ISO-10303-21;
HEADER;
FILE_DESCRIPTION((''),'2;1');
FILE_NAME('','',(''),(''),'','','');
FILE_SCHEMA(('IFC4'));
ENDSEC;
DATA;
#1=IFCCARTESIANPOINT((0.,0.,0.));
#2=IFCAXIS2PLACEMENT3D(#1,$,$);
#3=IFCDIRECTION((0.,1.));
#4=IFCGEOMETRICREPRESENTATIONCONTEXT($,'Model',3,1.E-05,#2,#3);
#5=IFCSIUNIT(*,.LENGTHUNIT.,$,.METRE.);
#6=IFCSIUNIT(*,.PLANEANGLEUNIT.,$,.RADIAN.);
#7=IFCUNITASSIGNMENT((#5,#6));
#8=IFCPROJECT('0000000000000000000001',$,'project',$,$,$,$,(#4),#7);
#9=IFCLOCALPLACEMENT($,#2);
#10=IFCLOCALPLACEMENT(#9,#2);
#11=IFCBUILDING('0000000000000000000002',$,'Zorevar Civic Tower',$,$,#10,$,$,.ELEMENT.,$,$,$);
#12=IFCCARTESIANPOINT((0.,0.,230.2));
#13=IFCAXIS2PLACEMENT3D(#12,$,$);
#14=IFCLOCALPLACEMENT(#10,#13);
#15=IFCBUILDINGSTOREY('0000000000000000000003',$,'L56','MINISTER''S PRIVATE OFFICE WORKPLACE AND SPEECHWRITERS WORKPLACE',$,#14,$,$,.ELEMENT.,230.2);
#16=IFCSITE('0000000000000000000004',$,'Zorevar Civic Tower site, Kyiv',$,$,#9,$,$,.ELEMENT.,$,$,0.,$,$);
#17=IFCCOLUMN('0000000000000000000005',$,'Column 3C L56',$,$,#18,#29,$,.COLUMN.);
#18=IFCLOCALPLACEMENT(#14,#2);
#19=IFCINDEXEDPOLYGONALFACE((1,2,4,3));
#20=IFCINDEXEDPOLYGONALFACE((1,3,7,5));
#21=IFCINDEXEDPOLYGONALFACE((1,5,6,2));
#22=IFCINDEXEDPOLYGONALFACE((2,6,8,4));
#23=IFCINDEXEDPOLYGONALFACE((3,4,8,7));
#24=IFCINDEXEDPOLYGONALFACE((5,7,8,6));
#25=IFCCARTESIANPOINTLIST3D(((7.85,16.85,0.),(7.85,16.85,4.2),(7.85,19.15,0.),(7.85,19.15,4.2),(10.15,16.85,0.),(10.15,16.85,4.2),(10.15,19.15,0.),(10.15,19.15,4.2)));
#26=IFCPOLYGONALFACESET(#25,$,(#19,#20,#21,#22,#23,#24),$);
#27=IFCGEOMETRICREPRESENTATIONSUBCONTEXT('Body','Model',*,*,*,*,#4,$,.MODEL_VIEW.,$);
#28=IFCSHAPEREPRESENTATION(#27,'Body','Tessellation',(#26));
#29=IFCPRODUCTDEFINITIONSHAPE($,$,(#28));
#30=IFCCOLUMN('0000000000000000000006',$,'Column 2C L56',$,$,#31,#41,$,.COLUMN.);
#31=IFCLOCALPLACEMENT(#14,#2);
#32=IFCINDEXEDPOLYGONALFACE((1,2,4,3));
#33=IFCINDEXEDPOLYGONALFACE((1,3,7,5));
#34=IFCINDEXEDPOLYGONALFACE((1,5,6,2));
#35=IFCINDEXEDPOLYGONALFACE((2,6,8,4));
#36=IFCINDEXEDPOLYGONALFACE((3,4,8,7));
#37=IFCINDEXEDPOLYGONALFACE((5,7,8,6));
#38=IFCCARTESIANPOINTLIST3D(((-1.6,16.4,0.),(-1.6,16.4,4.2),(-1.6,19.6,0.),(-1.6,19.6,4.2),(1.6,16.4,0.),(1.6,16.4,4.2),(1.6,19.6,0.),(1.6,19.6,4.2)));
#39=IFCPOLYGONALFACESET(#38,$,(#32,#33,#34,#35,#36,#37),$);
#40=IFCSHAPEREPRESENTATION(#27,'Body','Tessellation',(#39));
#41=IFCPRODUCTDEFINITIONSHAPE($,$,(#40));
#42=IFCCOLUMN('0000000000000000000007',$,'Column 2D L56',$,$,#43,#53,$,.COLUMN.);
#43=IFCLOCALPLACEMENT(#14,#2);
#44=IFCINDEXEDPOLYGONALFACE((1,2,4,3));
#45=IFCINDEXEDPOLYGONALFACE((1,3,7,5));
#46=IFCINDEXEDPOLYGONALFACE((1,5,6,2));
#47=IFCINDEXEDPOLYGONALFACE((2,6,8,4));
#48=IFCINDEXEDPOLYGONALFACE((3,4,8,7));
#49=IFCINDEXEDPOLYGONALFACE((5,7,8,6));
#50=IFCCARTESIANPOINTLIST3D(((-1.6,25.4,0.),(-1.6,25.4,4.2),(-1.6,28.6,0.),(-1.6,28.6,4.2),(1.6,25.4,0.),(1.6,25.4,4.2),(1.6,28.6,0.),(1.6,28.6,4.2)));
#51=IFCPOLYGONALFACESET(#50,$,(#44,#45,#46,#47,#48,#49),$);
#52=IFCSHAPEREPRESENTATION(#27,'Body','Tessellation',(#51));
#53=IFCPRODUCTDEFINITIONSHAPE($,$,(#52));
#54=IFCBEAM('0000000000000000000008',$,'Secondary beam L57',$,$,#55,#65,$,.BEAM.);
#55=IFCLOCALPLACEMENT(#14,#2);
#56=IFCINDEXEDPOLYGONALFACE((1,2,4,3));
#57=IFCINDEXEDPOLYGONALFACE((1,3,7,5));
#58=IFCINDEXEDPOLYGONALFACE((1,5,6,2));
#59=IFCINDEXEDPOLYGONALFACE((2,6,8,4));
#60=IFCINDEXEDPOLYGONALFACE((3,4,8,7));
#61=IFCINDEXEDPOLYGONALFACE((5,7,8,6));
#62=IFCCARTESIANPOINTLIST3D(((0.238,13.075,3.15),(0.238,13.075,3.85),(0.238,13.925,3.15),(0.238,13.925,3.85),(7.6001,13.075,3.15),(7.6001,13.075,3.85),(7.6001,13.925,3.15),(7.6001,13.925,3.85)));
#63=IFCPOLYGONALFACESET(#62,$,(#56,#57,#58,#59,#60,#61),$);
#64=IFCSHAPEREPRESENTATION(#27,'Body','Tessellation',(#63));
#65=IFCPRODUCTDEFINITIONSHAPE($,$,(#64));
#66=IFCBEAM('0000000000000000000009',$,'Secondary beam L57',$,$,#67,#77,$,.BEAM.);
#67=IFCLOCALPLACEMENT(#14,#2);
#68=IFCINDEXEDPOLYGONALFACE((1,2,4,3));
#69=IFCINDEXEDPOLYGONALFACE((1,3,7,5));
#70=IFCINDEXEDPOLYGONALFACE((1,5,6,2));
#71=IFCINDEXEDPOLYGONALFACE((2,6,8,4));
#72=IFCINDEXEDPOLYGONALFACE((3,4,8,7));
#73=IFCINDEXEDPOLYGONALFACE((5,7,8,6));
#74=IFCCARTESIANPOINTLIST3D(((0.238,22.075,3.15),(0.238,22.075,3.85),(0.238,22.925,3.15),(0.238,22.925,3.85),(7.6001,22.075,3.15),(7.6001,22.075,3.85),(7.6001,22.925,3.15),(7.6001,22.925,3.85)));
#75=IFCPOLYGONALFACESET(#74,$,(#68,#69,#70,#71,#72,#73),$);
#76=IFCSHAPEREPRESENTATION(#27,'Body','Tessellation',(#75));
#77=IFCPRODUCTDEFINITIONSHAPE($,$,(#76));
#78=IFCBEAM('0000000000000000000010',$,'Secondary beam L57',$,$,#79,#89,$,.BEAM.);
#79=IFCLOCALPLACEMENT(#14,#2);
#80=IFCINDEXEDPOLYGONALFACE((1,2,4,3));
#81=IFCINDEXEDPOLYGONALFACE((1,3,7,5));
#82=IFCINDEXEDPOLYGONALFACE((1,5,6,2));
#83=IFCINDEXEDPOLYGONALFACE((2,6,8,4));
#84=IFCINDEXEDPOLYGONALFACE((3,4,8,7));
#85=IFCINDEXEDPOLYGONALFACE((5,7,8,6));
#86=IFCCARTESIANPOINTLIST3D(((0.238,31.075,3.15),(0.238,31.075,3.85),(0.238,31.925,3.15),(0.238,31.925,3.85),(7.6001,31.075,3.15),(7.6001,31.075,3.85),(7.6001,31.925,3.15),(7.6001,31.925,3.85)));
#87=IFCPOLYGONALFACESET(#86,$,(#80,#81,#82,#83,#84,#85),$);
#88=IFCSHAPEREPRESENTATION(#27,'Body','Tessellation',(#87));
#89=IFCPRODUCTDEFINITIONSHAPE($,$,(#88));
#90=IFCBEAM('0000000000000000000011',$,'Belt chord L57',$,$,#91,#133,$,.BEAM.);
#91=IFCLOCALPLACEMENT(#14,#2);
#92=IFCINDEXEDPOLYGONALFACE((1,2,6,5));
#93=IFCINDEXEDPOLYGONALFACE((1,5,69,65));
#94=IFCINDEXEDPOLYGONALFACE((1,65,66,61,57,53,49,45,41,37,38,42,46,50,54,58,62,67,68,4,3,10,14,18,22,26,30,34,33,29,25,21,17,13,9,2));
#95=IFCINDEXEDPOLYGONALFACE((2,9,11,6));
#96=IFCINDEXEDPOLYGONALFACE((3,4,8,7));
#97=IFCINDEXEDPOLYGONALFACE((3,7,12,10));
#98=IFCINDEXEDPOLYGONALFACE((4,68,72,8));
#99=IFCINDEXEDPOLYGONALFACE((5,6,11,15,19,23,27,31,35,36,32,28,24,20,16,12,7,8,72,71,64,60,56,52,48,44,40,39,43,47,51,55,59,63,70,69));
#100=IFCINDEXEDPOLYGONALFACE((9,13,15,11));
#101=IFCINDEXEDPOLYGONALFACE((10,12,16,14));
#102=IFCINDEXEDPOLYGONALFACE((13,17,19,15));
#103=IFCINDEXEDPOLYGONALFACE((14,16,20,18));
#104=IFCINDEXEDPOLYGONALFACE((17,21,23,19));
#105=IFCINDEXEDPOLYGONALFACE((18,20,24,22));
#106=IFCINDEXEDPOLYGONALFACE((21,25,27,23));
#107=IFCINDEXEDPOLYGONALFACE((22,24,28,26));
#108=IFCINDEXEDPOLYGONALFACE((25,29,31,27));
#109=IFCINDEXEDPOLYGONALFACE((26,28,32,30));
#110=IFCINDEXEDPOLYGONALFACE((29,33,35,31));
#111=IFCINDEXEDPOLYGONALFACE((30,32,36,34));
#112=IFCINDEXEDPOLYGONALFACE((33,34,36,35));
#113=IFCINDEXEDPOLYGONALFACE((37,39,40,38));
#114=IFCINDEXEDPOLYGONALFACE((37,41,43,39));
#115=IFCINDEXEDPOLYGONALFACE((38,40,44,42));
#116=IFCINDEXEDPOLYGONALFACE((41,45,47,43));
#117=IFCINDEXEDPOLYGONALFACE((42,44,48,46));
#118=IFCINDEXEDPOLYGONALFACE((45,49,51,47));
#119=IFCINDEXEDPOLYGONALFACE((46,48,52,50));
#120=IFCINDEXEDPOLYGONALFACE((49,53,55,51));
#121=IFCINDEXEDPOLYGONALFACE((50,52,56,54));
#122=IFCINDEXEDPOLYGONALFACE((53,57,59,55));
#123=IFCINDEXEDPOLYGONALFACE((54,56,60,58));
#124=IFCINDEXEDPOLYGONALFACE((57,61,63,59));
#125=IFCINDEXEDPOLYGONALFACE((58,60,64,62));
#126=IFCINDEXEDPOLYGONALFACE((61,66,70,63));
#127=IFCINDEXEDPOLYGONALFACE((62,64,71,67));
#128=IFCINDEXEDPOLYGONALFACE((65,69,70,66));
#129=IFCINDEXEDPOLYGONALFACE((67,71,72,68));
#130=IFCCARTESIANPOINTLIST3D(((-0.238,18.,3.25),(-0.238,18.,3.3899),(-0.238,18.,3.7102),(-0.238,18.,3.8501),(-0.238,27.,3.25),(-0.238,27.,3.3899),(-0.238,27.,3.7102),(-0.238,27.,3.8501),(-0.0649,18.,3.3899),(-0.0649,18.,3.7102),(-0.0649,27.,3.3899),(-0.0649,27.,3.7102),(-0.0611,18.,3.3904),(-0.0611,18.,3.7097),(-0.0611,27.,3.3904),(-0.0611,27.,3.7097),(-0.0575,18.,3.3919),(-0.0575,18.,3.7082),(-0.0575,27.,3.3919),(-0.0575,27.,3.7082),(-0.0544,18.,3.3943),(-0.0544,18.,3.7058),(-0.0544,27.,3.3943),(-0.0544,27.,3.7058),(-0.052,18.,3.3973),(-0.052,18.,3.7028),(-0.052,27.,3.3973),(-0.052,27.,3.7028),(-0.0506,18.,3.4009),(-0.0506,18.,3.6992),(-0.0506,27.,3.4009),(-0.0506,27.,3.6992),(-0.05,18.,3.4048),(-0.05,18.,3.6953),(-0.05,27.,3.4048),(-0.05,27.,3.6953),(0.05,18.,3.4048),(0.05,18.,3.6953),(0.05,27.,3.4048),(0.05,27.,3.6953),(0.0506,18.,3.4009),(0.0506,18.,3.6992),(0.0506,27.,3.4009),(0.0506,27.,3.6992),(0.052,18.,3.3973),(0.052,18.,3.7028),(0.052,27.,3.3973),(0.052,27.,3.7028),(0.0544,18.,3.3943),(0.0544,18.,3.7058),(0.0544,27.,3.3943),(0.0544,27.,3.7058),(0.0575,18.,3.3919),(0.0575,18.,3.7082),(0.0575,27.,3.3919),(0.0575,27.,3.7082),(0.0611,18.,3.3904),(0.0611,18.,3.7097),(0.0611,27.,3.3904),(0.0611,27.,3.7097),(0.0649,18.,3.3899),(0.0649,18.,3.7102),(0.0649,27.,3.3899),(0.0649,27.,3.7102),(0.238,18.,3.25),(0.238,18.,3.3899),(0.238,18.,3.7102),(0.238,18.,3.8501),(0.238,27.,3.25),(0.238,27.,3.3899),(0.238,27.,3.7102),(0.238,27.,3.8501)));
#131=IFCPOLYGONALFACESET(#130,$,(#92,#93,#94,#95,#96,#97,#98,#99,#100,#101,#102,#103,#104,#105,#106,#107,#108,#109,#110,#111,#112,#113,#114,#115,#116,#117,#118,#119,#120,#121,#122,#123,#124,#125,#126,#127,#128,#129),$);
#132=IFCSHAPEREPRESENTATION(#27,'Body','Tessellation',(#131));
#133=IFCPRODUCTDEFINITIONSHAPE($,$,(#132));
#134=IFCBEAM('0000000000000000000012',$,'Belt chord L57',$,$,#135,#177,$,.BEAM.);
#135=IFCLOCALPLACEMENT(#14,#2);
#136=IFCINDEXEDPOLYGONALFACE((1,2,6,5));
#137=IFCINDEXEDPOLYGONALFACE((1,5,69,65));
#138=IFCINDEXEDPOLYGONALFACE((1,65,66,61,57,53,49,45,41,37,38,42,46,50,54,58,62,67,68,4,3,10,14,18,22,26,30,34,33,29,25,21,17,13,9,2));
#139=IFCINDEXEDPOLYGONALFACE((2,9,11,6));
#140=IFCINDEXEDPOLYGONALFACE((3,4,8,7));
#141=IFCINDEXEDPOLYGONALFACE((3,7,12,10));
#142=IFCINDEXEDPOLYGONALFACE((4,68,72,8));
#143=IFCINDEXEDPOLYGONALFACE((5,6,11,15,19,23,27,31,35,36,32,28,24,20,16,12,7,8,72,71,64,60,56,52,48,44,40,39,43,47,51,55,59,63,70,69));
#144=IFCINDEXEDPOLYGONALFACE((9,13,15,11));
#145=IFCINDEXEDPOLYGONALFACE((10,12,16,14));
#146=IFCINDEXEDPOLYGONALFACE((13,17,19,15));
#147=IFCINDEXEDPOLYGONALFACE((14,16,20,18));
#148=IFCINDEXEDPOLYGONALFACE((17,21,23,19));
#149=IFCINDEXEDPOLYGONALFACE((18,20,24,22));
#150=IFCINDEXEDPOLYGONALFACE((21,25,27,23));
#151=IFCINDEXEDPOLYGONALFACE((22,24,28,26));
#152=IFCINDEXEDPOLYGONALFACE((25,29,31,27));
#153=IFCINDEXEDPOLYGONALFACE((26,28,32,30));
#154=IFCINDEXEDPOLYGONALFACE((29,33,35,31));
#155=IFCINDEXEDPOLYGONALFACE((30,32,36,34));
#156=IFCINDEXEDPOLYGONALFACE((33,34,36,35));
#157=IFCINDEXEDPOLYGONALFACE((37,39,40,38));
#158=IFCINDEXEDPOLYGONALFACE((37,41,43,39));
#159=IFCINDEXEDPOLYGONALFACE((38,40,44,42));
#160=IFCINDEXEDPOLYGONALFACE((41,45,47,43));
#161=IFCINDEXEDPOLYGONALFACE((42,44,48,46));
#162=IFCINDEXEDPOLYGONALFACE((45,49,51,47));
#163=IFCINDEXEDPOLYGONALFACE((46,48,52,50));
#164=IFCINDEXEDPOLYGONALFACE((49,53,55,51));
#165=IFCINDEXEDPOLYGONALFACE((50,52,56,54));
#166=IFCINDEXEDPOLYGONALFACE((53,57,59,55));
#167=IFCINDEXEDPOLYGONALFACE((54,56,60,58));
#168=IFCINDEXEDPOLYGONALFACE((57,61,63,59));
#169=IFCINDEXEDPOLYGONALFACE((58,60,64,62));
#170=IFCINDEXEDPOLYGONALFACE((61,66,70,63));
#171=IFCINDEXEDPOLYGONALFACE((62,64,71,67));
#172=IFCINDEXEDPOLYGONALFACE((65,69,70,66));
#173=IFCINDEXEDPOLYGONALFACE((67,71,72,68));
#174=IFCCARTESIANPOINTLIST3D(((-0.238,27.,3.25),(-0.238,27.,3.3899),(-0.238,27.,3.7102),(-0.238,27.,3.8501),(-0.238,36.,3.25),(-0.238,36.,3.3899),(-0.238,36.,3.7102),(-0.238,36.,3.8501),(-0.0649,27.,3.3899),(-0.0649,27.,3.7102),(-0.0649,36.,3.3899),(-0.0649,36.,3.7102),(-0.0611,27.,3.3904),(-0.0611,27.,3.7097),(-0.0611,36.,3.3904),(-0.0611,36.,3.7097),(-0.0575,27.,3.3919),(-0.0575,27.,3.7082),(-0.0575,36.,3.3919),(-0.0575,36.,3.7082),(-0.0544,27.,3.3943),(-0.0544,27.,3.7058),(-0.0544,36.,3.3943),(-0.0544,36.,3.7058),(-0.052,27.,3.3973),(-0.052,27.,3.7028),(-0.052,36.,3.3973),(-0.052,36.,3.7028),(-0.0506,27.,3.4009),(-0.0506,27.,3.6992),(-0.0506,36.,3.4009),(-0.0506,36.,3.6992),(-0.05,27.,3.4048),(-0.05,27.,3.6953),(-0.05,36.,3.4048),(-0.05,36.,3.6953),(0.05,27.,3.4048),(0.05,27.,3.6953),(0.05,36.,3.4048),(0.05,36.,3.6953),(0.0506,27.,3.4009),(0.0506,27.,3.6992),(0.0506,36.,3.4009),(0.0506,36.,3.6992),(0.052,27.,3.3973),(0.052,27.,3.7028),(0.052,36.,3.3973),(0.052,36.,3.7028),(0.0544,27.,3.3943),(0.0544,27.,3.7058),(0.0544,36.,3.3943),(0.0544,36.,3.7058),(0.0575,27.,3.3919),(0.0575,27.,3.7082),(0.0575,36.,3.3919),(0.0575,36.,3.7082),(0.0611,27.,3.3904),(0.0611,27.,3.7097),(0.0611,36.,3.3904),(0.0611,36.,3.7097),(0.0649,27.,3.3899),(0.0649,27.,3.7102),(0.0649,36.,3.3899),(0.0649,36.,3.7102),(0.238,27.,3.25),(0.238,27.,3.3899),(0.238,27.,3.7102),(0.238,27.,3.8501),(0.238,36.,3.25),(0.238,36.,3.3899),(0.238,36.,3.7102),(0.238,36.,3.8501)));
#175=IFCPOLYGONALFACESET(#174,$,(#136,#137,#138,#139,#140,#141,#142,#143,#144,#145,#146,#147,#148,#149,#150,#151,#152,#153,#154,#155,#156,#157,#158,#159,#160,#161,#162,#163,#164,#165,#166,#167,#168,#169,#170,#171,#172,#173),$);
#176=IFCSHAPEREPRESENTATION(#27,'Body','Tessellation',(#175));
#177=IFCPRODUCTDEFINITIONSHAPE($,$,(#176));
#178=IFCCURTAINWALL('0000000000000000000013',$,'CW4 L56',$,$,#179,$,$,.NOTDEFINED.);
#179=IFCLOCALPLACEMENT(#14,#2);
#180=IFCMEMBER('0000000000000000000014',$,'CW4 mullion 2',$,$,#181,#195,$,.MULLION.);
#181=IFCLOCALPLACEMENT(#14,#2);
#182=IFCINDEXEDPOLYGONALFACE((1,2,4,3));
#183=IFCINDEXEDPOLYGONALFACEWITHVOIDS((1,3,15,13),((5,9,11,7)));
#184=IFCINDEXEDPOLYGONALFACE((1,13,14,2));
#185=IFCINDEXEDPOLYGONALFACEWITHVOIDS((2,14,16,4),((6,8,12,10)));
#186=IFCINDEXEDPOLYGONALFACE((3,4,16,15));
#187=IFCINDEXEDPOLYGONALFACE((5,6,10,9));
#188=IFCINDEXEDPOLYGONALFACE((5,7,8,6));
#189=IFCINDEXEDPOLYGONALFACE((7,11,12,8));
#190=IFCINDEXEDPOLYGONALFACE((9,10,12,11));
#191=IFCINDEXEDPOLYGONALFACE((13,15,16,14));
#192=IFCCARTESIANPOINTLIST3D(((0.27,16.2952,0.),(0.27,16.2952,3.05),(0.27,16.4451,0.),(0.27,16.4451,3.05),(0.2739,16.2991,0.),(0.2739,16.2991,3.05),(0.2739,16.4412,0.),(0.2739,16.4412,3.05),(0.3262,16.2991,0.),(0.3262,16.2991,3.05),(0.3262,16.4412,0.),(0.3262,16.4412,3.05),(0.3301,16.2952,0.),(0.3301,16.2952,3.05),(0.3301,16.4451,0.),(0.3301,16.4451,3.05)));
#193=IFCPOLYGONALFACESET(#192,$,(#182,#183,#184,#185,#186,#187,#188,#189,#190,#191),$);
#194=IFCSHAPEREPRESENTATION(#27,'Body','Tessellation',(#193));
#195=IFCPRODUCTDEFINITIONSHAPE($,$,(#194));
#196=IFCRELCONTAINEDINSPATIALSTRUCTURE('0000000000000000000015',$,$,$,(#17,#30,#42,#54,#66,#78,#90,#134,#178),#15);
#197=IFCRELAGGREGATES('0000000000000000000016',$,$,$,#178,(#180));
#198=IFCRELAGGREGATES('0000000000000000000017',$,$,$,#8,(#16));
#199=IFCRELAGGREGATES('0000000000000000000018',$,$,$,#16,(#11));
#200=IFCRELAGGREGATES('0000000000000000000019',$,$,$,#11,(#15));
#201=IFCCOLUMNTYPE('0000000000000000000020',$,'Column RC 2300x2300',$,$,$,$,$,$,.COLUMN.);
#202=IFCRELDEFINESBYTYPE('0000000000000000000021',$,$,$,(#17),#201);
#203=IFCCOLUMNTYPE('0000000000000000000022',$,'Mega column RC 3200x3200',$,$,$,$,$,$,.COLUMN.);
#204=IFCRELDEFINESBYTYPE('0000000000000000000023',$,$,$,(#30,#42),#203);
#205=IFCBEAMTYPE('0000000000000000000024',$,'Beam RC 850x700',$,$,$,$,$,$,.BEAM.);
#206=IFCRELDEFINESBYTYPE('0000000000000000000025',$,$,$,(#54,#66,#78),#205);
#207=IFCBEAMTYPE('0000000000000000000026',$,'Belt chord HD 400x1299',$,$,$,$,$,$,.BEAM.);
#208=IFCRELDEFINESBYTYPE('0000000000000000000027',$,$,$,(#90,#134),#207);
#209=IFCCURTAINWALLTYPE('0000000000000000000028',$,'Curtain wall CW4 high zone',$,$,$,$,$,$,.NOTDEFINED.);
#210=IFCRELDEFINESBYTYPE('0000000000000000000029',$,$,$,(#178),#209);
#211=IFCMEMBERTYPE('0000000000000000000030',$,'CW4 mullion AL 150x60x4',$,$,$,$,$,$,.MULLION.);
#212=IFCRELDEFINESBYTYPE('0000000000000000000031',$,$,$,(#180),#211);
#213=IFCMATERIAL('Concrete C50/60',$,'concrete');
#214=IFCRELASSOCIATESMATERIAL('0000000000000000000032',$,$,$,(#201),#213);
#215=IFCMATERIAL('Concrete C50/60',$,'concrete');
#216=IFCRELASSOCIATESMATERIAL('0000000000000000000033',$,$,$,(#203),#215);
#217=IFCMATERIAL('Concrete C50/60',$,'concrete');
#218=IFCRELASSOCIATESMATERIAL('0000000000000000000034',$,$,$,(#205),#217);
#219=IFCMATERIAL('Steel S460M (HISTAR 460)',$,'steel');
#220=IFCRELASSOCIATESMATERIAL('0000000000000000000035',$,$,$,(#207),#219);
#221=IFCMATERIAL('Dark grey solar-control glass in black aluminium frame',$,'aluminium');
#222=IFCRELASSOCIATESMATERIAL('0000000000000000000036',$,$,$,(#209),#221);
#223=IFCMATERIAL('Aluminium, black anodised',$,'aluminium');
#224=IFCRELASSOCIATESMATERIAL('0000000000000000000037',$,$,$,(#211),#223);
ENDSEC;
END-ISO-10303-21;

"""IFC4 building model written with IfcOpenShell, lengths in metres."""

from ifc_helpers import new_model, si_unit, direction, frame, origin, origin_2d, place, context, subcontext, project, spatial, rectangle, hollow_rectangle, i_section, extrude, material, material_profile, profile_set, type_object, element, aggregate, save


model = new_model("IFC4")

# Units and contexts
model_context = context("Model", 3, precision=1e-05, world=origin(), true_north=direction((0.0, 1.0)))
body_context = subcontext(model_context, "Body", "Model", "MODEL_VIEW")
ifc_project = project(units=[si_unit("LENGTHUNIT", "METRE"), si_unit("PLANEANGLEUNIT", "RADIAN")], contexts=[model_context])

# Site, building, storey
site_placement = place(None, origin())
site = spatial("IfcSite", under=ifc_project, at=site_placement, Name="Zorevar Civic Tower site, Kyiv", CompositionType="ELEMENT", RefElevation=0.0)
building_placement = place(site_placement, origin())
building = spatial("IfcBuilding", under=site, at=building_placement, Name="Zorevar Civic Tower", CompositionType="ELEMENT")
storey_placement = place(building_placement, frame((0.0, 0.0, 230.2)))
storey = spatial("IfcBuildingStorey", under=building, at=storey_placement, Name="L56", Description="MINISTER'S PRIVATE OFFICE WORKPLACE AND SPEECHWRITERS WORKPLACE", CompositionType="ELEMENT", Elevation=230.2)

# Columns
ifc_material_1 = material(Name="Concrete C50/60", Category="concrete")
ifc_material_profile_1 = material_profile(ifc_material_1, rectangle(XDim=2.3, YDim=2.3, at=origin_2d()), Name="RC 2300x2300")
ifc_profile_set_1 = profile_set([ifc_material_profile_1], Name="Concrete C50/60")
column_type_1 = type_object("IfcColumnType", Name="Column RC 2300x2300", PredefinedType="COLUMN", material=ifc_profile_set_1)
column_placement = place(storey_placement, frame((9.0, 18.0, 0.0), z_axis=(0.0, 0.0, 1.0), x_axis=(1.0, 0.0, 0.0)))
element("IfcColumn", 1, at=column_placement, inside=storey, type_object=column_type_1, Name="Column 3C L56", PredefinedType="COLUMN", context=body_context, shape_type="SweptSolid", body=[
    extrude(rectangle(XDim=2.3, YDim=2.3, at=origin_2d()), origin(), (0.0, 0.0, 1.0), 4.2),
])
ifc_material_2 = material(Name="Concrete C50/60", Category="concrete")
ifc_material_profile_2 = material_profile(ifc_material_2, rectangle(XDim=3.2, YDim=3.2, at=origin_2d()), Name="RC 3200x3200")
ifc_profile_set_2 = profile_set([ifc_material_profile_2], Name="Concrete C50/60")
column_type_2 = type_object("IfcColumnType", Name="Mega column RC 3200x3200", PredefinedType="COLUMN", material=ifc_profile_set_2)
for number, where, z_axis, x_axis, name in (
    (2, (0.0, 18.0, 0.0), (0.0, 0.0, 1.0), (1.0, 0.0, 0.0), "Column 2C L56"),
    (3, (0.0, 27.0, 0.0), (0.0, 0.0, 1.0), (1.0, 0.0, 0.0), "Column 2D L56"),
):
    element("IfcColumn", number, at=place(storey_placement, frame(where, z_axis=z_axis, x_axis=x_axis)), inside=storey, type_object=column_type_2, Name=name, PredefinedType="COLUMN", context=body_context, shape_type="SweptSolid", body=[
        extrude(rectangle(XDim=3.2, YDim=3.2, at=origin_2d()), origin(), (0.0, 0.0, 1.0), 4.2),
    ])

# Beams
ifc_material_3 = material(Name="Concrete C50/60", Category="concrete")
ifc_material_profile_3 = material_profile(ifc_material_3, rectangle(XDim=0.8501, YDim=0.7, at=origin_2d()), Name="RC 850x700")
ifc_profile_set_3 = profile_set([ifc_material_profile_3], Name="Concrete C50/60")
beam_type_1 = type_object("IfcBeamType", Name="Beam RC 850x700", PredefinedType="BEAM", material=ifc_profile_set_3)
for number, where, z_axis, x_axis, name in (
    (4, (0.238, 13.5, 3.5), (1.0, 0.0, 0.0), (0.0, 1.0, 0.0), "Secondary beam L57"),
    (5, (0.238, 22.5, 3.5), (1.0, 0.0, 0.0), (0.0, 1.0, 0.0), "Secondary beam L57"),
    (6, (0.238, 31.5, 3.5), (1.0, 0.0, 0.0), (0.0, 1.0, 0.0), "Secondary beam L57"),
):
    element("IfcBeam", number, at=place(storey_placement, frame(where, z_axis=z_axis, x_axis=x_axis)), inside=storey, type_object=beam_type_1, Name=name, PredefinedType="BEAM", context=body_context, shape_type="SweptSolid", body=[
        extrude(rectangle(XDim=0.8501, YDim=0.7, at=origin_2d()), origin(), (0.0, 0.0, 1.0), 7.3621),
    ])
ifc_material_4 = material(Name="Steel S460M (HISTAR 460)", Category="steel")
ifc_material_profile_4 = material_profile(ifc_material_4, i_section(OverallWidth=0.4761, OverallDepth=0.6001, WebThickness=0.1001, FlangeThickness=0.1399, FilletRadius=0.0149, at=origin_2d()), Name="HD 400x1299")
ifc_profile_set_4 = profile_set([ifc_material_profile_4], Name="Steel S460M (HISTAR 460)")
beam_type_2 = type_object("IfcBeamType", Name="Belt chord HD 400x1299", PredefinedType="BEAM", material=ifc_profile_set_4)
for number, where, z_axis, x_axis, name in (
    (7, (0.0, 18.0, 3.55), (0.0, 1.0, 0.0), (-1.0, 0.0, 0.0), "Belt chord L57"),
    (8, (0.0, 27.0, 3.55), (0.0, 1.0, 0.0), (-1.0, 0.0, 0.0), "Belt chord L57"),
):
    element("IfcBeam", number, at=place(storey_placement, frame(where, z_axis=z_axis, x_axis=x_axis)), inside=storey, type_object=beam_type_2, Name=name, PredefinedType="BEAM", context=body_context, shape_type="SweptSolid", body=[
        extrude(i_section(OverallWidth=0.4761, OverallDepth=0.6001, WebThickness=0.1001, FlangeThickness=0.1399, FilletRadius=0.0149, at=origin_2d()), origin(), (0.0, 0.0, 1.0), 9.0),
    ])

# Curtain wall, member
ifc_material_5 = material(Name="Dark grey solar-control glass in black aluminium frame", Category="aluminium")
curtain_wall_type = type_object("IfcCurtainWallType", Name="Curtain wall CW4 high zone", PredefinedType="NOTDEFINED", material=ifc_material_5)
curtain_wall_1_placement = place(storey_placement, origin())
curtain_wall_1 = element("IfcCurtainWall", 9, at=curtain_wall_1_placement, inside=storey, type_object=curtain_wall_type, Name="CW4 L56", PredefinedType="NOTDEFINED")
ifc_material_6 = material(Name="Aluminium, black anodised", Category="aluminium")
ifc_material_profile_5 = material_profile(ifc_material_6, hollow_rectangle(XDim=0.0601, YDim=0.1499, WallThickness=0.0039, at=origin_2d()), Name="AL 150x60x4")
ifc_profile_set_5 = profile_set([ifc_material_profile_5], Name="Aluminium, black anodised")
member_type_1 = type_object("IfcMemberType", Name="CW4 mullion AL 150x60x4", PredefinedType="MULLION", material=ifc_profile_set_5)
member_1_placement = place(storey_placement, frame((0.3, 16.3701, 0.0), z_axis=(0.0, 0.0, 1.0), x_axis=(-1.0, 0.0, 0.0)))
member_1 = element("IfcMember", 10, at=member_1_placement, type_object=member_type_1, Name="CW4 mullion 2", PredefinedType="MULLION", context=body_context, shape_type="SweptSolid", body=[
    extrude(hollow_rectangle(XDim=0.0601, YDim=0.1499, WallThickness=0.0039, at=origin_2d()), origin(), (0.0, 0.0, 1.0), 3.05),
])
aggregate(curtain_wall_1, [member_1])

save(model, "model.ifc")
